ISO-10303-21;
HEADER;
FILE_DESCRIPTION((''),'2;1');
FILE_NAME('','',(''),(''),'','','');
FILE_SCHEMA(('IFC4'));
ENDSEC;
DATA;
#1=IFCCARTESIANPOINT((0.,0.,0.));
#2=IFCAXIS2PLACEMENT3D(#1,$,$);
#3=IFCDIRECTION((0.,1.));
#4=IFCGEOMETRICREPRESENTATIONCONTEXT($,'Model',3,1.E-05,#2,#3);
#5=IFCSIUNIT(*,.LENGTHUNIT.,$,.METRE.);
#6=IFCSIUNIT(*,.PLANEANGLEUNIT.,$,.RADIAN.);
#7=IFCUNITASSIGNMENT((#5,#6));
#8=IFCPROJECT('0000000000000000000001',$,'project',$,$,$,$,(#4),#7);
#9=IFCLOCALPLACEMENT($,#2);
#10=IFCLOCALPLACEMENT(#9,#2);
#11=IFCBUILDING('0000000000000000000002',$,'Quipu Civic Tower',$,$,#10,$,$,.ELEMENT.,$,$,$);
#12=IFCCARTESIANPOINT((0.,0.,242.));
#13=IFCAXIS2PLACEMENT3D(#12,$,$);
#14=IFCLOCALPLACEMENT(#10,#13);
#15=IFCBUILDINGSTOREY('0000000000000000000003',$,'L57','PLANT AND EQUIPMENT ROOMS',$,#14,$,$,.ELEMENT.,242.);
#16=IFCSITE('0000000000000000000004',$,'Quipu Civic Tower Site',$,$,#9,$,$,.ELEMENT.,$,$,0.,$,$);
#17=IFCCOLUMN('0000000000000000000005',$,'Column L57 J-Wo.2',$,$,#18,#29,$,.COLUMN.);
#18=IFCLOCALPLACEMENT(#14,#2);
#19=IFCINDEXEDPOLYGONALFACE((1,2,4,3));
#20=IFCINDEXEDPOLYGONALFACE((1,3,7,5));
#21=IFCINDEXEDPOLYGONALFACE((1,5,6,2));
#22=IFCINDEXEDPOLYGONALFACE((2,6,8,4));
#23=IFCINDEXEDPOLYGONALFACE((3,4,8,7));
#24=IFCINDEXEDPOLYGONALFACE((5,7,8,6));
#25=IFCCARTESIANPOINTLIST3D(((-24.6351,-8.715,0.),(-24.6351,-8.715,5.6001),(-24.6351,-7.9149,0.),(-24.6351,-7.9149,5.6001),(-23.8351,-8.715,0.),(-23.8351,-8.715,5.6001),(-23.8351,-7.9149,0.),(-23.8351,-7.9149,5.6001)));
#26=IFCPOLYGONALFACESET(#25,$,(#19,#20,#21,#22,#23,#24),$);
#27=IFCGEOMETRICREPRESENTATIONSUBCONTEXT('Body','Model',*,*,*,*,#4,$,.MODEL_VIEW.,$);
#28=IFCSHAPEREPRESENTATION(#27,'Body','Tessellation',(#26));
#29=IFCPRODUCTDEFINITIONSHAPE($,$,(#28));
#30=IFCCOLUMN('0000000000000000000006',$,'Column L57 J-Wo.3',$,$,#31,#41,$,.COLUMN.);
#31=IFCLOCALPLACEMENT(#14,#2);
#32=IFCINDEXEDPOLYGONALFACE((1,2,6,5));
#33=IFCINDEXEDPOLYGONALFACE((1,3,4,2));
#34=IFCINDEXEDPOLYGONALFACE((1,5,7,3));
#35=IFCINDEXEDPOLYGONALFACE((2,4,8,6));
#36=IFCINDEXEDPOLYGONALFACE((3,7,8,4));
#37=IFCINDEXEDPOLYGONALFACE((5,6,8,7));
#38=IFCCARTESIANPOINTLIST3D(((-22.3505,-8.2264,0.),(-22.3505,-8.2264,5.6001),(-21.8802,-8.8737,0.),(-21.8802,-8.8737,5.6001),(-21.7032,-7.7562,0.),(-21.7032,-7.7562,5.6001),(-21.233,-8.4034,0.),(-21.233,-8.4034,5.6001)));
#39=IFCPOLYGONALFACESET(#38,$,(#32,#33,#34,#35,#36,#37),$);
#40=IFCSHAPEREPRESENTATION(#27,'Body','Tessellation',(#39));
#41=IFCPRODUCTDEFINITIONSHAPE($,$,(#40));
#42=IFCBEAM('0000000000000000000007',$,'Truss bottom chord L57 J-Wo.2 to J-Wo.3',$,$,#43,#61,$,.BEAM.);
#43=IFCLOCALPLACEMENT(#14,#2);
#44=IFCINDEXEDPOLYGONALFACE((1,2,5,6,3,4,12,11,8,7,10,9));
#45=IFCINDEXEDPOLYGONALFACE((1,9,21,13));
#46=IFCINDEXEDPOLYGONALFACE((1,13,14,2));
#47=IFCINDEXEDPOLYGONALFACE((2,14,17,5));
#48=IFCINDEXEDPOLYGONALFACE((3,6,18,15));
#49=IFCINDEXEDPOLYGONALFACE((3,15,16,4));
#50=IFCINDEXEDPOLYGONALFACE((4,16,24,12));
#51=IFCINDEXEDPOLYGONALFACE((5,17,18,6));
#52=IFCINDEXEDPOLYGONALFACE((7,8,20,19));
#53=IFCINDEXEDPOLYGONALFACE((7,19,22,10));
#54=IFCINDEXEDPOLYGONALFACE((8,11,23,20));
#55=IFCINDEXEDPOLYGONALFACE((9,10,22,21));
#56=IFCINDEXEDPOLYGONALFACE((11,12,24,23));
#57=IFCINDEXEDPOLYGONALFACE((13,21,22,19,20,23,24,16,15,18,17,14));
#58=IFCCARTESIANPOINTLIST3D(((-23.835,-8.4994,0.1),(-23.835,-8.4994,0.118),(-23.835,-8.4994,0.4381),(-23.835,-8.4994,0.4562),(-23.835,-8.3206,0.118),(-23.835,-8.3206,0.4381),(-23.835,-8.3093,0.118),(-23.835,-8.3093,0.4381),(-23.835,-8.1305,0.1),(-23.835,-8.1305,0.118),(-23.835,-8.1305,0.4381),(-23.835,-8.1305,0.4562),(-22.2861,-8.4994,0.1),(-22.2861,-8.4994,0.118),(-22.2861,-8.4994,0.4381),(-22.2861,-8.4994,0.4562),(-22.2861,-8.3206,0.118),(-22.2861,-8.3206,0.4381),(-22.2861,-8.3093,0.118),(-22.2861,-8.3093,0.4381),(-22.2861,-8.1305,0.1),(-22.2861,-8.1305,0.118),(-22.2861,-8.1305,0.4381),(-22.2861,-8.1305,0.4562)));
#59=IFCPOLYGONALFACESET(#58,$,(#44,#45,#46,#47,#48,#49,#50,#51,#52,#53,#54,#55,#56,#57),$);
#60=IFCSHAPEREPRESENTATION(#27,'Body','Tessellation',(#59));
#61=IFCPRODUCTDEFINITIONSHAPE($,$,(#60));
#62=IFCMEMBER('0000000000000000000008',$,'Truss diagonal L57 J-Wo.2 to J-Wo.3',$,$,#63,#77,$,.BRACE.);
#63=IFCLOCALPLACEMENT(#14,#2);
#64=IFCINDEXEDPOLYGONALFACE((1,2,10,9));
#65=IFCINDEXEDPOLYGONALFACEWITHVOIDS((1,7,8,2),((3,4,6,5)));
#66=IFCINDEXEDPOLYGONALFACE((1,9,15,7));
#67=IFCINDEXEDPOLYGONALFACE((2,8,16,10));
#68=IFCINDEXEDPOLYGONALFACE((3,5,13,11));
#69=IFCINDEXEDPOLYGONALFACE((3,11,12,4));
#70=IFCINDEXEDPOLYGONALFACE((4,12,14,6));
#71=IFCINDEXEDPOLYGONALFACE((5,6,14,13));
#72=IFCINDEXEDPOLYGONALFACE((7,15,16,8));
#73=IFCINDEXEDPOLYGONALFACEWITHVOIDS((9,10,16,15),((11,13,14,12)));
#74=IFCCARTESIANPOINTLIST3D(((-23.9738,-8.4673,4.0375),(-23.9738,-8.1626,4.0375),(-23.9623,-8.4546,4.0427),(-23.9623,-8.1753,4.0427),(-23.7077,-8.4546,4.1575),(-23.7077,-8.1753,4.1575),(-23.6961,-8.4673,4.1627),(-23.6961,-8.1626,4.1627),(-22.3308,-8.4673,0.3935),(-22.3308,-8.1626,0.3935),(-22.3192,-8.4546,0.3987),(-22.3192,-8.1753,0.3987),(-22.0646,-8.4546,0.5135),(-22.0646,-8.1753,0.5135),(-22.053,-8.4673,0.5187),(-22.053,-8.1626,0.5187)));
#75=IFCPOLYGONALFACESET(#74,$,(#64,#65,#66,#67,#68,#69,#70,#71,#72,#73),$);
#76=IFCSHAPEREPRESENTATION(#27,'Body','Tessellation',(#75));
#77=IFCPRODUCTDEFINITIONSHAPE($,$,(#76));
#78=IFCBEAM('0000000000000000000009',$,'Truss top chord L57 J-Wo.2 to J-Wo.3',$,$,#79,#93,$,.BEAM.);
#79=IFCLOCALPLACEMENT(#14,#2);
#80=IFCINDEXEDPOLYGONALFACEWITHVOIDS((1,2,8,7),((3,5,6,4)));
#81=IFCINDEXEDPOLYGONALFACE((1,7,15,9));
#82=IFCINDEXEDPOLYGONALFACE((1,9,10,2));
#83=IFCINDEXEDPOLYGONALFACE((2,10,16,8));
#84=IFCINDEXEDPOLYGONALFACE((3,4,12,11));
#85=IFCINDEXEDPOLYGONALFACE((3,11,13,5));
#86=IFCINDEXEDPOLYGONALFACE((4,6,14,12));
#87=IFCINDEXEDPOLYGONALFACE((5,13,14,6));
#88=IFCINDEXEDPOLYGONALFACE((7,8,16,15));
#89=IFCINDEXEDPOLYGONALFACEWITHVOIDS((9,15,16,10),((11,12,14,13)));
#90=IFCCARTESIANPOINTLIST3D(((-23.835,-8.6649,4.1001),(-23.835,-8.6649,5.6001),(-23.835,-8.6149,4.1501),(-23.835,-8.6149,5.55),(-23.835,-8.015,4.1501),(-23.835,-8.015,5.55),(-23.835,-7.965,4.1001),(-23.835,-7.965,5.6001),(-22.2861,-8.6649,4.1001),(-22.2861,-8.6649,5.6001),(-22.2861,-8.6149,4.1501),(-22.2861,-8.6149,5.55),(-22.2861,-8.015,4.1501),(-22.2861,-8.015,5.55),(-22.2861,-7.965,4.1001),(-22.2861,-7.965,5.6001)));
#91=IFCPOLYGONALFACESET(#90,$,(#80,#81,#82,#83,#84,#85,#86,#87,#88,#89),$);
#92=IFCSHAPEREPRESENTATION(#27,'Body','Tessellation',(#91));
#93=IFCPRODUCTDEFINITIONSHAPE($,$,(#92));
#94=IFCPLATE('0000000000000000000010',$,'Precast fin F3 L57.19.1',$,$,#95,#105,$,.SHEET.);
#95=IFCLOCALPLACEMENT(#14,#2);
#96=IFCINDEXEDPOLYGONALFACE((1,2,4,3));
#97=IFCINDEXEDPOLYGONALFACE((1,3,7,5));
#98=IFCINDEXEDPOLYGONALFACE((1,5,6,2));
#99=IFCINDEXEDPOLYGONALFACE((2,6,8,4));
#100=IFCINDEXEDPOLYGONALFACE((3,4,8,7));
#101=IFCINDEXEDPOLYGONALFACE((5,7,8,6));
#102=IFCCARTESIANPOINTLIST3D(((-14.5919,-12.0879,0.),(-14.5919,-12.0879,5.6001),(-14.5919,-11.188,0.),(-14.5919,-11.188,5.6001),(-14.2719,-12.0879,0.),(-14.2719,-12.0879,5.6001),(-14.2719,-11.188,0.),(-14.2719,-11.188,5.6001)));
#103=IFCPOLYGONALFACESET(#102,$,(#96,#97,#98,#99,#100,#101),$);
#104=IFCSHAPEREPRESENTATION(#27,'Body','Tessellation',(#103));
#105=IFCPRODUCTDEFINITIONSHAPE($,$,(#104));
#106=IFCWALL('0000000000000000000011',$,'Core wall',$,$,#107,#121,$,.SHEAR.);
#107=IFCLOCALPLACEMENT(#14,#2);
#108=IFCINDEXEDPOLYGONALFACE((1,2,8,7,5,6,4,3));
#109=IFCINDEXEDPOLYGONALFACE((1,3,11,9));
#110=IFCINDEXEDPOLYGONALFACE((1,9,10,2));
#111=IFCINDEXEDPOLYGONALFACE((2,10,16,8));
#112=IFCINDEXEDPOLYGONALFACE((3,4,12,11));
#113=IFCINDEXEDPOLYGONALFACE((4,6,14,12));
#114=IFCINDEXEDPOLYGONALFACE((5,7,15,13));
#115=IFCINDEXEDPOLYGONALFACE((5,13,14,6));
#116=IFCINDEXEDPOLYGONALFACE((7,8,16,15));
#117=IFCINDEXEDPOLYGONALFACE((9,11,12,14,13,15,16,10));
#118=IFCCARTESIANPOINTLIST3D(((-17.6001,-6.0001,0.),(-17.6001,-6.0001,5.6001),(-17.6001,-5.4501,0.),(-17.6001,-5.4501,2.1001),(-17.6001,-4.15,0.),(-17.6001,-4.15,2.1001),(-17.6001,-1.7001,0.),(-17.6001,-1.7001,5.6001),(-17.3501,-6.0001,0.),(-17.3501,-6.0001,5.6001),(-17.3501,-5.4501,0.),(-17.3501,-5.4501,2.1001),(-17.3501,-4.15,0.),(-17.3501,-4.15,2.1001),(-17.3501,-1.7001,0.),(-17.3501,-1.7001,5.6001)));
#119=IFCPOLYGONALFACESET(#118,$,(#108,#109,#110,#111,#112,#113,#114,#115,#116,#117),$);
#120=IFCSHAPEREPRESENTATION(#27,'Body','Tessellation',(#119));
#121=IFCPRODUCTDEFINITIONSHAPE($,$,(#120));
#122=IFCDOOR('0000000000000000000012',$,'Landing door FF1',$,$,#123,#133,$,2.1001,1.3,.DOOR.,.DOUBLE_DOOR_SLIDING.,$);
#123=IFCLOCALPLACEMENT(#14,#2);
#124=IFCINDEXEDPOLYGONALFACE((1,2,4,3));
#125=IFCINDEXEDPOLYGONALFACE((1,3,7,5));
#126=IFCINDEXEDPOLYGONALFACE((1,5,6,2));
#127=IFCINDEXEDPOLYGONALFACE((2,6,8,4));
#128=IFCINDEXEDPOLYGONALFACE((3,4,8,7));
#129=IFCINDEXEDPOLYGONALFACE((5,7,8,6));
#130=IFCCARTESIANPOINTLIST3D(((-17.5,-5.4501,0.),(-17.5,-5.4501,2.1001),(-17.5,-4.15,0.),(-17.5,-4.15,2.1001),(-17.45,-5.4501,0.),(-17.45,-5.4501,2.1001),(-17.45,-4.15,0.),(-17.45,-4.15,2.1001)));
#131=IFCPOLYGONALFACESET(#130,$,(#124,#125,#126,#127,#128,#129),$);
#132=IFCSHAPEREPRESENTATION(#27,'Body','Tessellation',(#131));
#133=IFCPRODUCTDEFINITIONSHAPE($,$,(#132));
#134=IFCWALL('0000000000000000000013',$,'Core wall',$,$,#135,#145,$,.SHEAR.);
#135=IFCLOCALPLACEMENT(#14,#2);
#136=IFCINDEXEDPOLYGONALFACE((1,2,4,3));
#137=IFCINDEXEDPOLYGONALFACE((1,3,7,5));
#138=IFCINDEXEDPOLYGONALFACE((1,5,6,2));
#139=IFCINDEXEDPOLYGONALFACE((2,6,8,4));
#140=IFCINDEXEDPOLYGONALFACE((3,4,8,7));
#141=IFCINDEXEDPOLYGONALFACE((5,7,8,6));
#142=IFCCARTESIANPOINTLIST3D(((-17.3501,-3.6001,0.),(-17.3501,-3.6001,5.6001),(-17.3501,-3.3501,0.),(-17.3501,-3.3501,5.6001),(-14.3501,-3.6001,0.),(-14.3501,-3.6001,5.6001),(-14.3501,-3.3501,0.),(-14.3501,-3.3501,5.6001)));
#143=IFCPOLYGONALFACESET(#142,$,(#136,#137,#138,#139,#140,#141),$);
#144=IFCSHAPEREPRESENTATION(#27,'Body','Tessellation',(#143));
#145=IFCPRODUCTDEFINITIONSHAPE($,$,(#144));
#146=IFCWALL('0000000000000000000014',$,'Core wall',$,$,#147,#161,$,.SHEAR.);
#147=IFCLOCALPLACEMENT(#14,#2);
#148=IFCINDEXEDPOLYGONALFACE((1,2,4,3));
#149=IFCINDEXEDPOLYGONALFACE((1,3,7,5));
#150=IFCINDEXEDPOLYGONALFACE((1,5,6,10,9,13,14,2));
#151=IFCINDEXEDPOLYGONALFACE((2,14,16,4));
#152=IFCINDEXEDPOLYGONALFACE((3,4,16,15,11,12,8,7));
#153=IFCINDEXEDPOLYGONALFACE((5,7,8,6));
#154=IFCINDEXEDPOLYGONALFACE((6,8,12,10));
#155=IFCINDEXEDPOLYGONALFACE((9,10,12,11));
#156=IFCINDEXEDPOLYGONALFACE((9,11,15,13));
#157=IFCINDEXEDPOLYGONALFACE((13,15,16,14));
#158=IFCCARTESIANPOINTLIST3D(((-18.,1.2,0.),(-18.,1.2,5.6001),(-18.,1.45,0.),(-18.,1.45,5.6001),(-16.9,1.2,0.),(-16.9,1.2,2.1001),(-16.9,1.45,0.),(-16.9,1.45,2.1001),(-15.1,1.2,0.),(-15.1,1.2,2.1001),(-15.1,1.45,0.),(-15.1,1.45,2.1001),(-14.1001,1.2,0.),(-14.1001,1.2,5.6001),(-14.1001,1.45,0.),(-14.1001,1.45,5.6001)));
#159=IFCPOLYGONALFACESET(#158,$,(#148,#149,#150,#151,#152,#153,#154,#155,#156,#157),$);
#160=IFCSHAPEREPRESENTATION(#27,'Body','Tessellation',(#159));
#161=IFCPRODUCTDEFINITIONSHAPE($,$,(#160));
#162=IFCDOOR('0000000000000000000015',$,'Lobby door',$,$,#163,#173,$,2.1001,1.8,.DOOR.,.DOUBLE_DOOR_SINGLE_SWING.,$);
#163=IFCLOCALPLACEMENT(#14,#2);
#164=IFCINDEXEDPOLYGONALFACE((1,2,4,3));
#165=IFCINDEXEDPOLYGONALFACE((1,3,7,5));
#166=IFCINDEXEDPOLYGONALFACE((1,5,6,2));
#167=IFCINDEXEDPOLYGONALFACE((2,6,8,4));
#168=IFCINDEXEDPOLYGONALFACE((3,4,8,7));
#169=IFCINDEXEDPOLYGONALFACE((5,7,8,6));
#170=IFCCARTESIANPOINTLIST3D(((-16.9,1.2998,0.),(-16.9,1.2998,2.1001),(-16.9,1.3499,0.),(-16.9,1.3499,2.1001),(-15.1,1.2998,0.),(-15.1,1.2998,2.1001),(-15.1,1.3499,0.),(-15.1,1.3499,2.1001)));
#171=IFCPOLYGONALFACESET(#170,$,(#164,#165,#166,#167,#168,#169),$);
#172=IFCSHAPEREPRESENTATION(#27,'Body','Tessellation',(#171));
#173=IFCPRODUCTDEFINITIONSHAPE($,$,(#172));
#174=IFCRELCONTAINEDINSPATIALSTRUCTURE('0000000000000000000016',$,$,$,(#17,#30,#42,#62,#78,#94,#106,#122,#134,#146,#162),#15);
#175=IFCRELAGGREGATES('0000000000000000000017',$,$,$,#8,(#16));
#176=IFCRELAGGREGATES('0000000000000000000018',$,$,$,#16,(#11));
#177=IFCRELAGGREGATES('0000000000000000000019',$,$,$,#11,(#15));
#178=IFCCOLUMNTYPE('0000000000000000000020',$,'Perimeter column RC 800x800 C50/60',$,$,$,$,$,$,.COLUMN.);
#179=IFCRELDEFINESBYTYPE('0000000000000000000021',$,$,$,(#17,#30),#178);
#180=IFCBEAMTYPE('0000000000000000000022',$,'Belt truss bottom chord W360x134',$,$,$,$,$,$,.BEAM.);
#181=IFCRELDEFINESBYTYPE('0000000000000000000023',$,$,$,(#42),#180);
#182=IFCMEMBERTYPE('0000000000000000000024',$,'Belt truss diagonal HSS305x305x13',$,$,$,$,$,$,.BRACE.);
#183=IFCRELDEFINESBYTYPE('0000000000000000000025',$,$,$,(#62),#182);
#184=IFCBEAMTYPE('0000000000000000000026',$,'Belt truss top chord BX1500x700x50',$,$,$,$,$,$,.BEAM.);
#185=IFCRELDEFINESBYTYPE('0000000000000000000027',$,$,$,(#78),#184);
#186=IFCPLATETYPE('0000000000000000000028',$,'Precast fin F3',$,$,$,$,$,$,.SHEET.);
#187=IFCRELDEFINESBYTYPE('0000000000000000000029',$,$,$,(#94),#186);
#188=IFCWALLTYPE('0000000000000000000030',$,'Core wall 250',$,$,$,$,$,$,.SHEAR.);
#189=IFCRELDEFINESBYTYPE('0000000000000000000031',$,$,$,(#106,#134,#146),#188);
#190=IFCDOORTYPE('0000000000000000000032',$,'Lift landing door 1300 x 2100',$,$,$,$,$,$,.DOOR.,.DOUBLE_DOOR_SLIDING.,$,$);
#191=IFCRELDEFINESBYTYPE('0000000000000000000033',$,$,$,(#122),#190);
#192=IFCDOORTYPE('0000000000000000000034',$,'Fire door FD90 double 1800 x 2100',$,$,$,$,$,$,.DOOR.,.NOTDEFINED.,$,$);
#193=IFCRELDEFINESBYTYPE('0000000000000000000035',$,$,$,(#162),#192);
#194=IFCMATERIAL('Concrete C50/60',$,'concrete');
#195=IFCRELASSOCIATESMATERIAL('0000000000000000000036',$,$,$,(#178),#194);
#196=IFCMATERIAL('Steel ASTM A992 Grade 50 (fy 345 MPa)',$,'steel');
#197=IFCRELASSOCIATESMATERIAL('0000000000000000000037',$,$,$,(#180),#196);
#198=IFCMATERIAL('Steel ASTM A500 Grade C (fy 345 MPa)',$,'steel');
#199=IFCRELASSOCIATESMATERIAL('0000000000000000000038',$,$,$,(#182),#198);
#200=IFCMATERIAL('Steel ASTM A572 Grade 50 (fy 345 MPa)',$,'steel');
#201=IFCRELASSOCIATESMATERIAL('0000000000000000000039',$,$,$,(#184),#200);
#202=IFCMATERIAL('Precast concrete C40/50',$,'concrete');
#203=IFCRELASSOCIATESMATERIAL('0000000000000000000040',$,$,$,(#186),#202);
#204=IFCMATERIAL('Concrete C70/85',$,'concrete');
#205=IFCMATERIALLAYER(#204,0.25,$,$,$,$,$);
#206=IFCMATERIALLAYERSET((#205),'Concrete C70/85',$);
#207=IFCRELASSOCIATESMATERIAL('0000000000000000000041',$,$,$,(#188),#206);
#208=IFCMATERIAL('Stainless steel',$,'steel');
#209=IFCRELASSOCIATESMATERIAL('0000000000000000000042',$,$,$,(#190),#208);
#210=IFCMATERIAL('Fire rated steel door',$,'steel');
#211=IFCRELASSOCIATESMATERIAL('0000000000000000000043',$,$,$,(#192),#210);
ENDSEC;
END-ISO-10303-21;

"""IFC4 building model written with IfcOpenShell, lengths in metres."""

from ifc_helpers import new_model, si_unit, direction, frame, frame_2d, origin, origin_2d, place, context, subcontext, project, spatial, rectangle, hollow_rectangle, i_section, extrude, material, layer, layer_set, material_profile, profile_set, type_object, element, fill, save


model = new_model("IFC4")

# Units and contexts
model_context = context("Model", 3, precision=1e-05, world=origin(), true_north=direction((0.0, 1.0)))
body_context = subcontext(model_context, "Body", "Model", "MODEL_VIEW")
ifc_project = project(units=[si_unit("LENGTHUNIT", "METRE"), si_unit("PLANEANGLEUNIT", "RADIAN")], contexts=[model_context])

# Site, building, storey
site_placement = place(None, origin())
site = spatial("IfcSite", under=ifc_project, at=site_placement, Name="Quipu Civic Tower Site", CompositionType="ELEMENT", RefElevation=0.0)
building_placement = place(site_placement, origin())
building = spatial("IfcBuilding", under=site, at=building_placement, Name="Quipu Civic Tower", CompositionType="ELEMENT")
storey_placement = place(building_placement, frame((0.0, 0.0, 242.0)))
storey = spatial("IfcBuildingStorey", under=building, at=storey_placement, Name="L57", Description="PLANT AND EQUIPMENT ROOMS", CompositionType="ELEMENT", Elevation=242.0)

# Columns
ifc_material_1 = material(Name="Concrete C50/60", Category="concrete")
ifc_material_profile_1 = material_profile(ifc_material_1, rectangle(XDim=0.8, YDim=0.8, at=origin_2d()), Name="RC800x800")
ifc_profile_set_1 = profile_set([ifc_material_profile_1], Name="Concrete C50/60")
column_type = type_object("IfcColumnType", Name="Perimeter column RC 800x800 C50/60", PredefinedType="COLUMN", material=ifc_profile_set_1)
for number, where, z_axis, x_axis, name in (
    (1, (-24.2351, -8.3149, 0.0), (0.0, 0.0, 1.0), (1.0, 0.0, 0.0), "Column L57 J-Wo.2"),
    (2, (-21.7917, -8.3149, 0.0), (0.0, 0.0, 1.0), (0.587785, -0.809017, 0.0), "Column L57 J-Wo.3"),
):
    element("IfcColumn", number, at=place(storey_placement, frame(where, z_axis=z_axis, x_axis=x_axis)), inside=storey, type_object=column_type, Name=name, PredefinedType="COLUMN", context=body_context, shape_type="SweptSolid", body=[
        extrude(rectangle(XDim=0.8, YDim=0.8, at=origin_2d()), origin(), (0.0, 0.0, 1.0), 5.6001),
    ])

# Beam
ifc_material_2 = material(Name="Steel ASTM A992 Grade 50 (fy 345 MPa)", Category="steel")
ifc_material_profile_2 = material_profile(ifc_material_2, i_section(OverallWidth=0.3689, OverallDepth=0.3562, WebThickness=0.0112, FlangeThickness=0.0181, at=origin_2d()), Name="W360x134")
ifc_profile_set_2 = profile_set([ifc_material_profile_2], Name="Steel ASTM A992 Grade 50 (fy 345 MPa)")
beam_type_1 = type_object("IfcBeamType", Name="Belt truss bottom chord W360x134", PredefinedType="BEAM", material=ifc_profile_set_2)
beam_1_placement = place(storey_placement, frame((-23.835, -8.3149, 0.2781), z_axis=(1.0, 0.0, 0.0), x_axis=(0.0, 1.0, 0.0)))
element("IfcBeam", 3, at=beam_1_placement, inside=storey, type_object=beam_type_1, Name="Truss bottom chord L57 J-Wo.2 to J-Wo.3", PredefinedType="BEAM", context=body_context, shape_type="SweptSolid", body=[
    extrude(i_section(OverallWidth=0.3689, OverallDepth=0.3562, WebThickness=0.0112, FlangeThickness=0.0181, at=origin_2d()), origin(), (0.0, 0.0, 1.0), 1.5488),
])

# Member
ifc_material_3 = material(Name="Steel ASTM A500 Grade C (fy 345 MPa)", Category="steel")
ifc_material_profile_3 = material_profile(ifc_material_3, hollow_rectangle(XDim=0.3047, YDim=0.3047, WallThickness=0.0127, at=origin_2d()), Name="HSS305x305x13")
ifc_profile_set_3 = profile_set([ifc_material_profile_3], Name="Steel ASTM A500 Grade C (fy 345 MPa)")
member_type = type_object("IfcMemberType", Name="Belt truss diagonal HSS305x305x13", PredefinedType="BRACE", material=ifc_profile_set_3)
member_placement = place(storey_placement, frame((-23.835, -8.3149, 4.1001), z_axis=(0.41104, 0.0, -0.911617), x_axis=(0.0, 1.0, 0.0)))
element("IfcMember", 4, at=member_placement, inside=storey, type_object=member_type, Name="Truss diagonal L57 J-Wo.2 to J-Wo.3", PredefinedType="BRACE", context=body_context, shape_type="SweptSolid", body=[
    extrude(hollow_rectangle(XDim=0.3047, YDim=0.3047, WallThickness=0.0127, at=origin_2d()), origin(), (0.0, 0.0, 1.0), 3.9973),
])

# Beam
ifc_material_4 = material(Name="Steel ASTM A572 Grade 50 (fy 345 MPa)", Category="steel")
ifc_material_profile_4 = material_profile(ifc_material_4, hollow_rectangle(XDim=0.7, YDim=1.5, WallThickness=0.05, at=origin_2d()), Name="BX1500x700x50")
ifc_profile_set_4 = profile_set([ifc_material_profile_4], Name="Steel ASTM A572 Grade 50 (fy 345 MPa)")
beam_type_2 = type_object("IfcBeamType", Name="Belt truss top chord BX1500x700x50", PredefinedType="BEAM", material=ifc_profile_set_4)
beam_2_placement = place(storey_placement, frame((-23.835, -8.3149, 4.8501), z_axis=(1.0, 0.0, 0.0), x_axis=(0.0, 1.0, 0.0)))
element("IfcBeam", 5, at=beam_2_placement, inside=storey, type_object=beam_type_2, Name="Truss top chord L57 J-Wo.2 to J-Wo.3", PredefinedType="BEAM", context=body_context, shape_type="SweptSolid", body=[
    extrude(hollow_rectangle(XDim=0.7, YDim=1.5, WallThickness=0.05, at=origin_2d()), origin(), (0.0, 0.0, 1.0), 1.5488),
])

# Plate
ifc_material_5 = material(Name="Precast concrete C40/50", Category="concrete")
plate_type = type_object("IfcPlateType", Name="Precast fin F3", PredefinedType="SHEET", material=ifc_material_5)
plate_placement = place(storey_placement, frame((-14.4319, -11.6379, 0.0), z_axis=(0.0, 0.0, 1.0), x_axis=(1.0, 0.0, 0.0)))
element("IfcPlate", 6, at=plate_placement, inside=storey, type_object=plate_type, Name="Precast fin F3 L57.19.1", PredefinedType="SHEET", context=body_context, shape_type="SweptSolid", body=[
    extrude(rectangle(XDim=0.3201, YDim=0.8999, at=origin_2d()), origin(), (0.0, 0.0, 1.0), 5.6001),
])

# Wall, opening, door
ifc_material_6 = material(Name="Concrete C70/85", Category="concrete")
ifc_layer_1 = layer(ifc_material_6, 0.25)
ifc_layer_set_1 = layer_set([ifc_layer_1], Name="Concrete C70/85")
wall_type_1 = type_object("IfcWallType", Name="Core wall 250", PredefinedType="SHEAR", material=ifc_layer_set_1)
wall_1_placement = place(storey_placement, frame((-17.4751, -6.0, 0.0), z_axis=(0.0, 0.0, 1.0), x_axis=(0.0, 1.0, 0.0)))
wall_1 = element("IfcWall", 7, at=wall_1_placement, inside=storey, type_object=wall_type_1, Name="Core wall", PredefinedType="SHEAR", context=body_context, shape_type="SweptSolid", body=[
    extrude(rectangle(XDim=4.3, YDim=0.25, at=frame_2d((2.1499, 0.0))), origin(), (0.0, 0.0, 1.0), 5.6001),
])
opening_1_placement = place(wall_1_placement, frame((0.55, 0.0, 0.0)))
opening_1 = element("IfcOpeningElement", 8, at=opening_1_placement, cuts=wall_1, PredefinedType="OPENING", context=body_context, shape_type="SweptSolid", body=[
    extrude(rectangle(XDim=1.3, YDim=2.1001, at=frame_2d((0.6499, 1.05))), frame((0.0, 0.135, 0.0), z_axis=(0.0, -1.0, 0.0), x_axis=(1.0, 0.0, 0.0)), (0.0, 0.0, 1.0), 0.27),
])
ifc_material_7 = material(Name="Stainless steel", Category="steel")
door_type_1 = type_object("IfcDoorType", Name="Lift landing door 1300 x 2100", OperationType="DOUBLE_DOOR_SLIDING", PredefinedType="DOOR", material=ifc_material_7)
door_1_placement = place(opening_1_placement, origin())
door_1 = element("IfcDoor", 9, at=door_1_placement, inside=storey, type_object=door_type_1, Name="Landing door FF1", OperationType="DOUBLE_DOOR_SLIDING", OverallHeight=2.1001, OverallWidth=1.3, PredefinedType="DOOR", context=body_context, shape_type="SweptSolid", body=[
    extrude(rectangle(XDim=1.3, YDim=2.1001, at=frame_2d((0.6499, 1.05))), frame((0.0, 0.0249, 0.0), z_axis=(0.0, -1.0, 0.0), x_axis=(1.0, 0.0, 0.0)), (0.0, 0.0, 1.0), 0.05),
])
fill(opening_1, door_1)

# Wall
wall_2_placement = place(storey_placement, frame((-17.3501, -3.4751, 0.0), z_axis=(0.0, 0.0, 1.0), x_axis=(1.0, 0.0, 0.0)))
element("IfcWall", 10, at=wall_2_placement, inside=storey, type_object=wall_type_1, Name="Core wall", PredefinedType="SHEAR", context=body_context, shape_type="SweptSolid", body=[
    extrude(rectangle(XDim=3.0, YDim=0.25, at=frame_2d((1.5, 0.0))), origin(), (0.0, 0.0, 1.0), 5.6001),
])

# Wall, opening, door
wall_3_placement = place(storey_placement, frame((-18.0, 1.325, 0.0), z_axis=(0.0, 0.0, 1.0), x_axis=(1.0, 0.0, 0.0)))
wall_3 = element("IfcWall", 11, at=wall_3_placement, inside=storey, type_object=wall_type_1, Name="Core wall", PredefinedType="SHEAR", context=body_context, shape_type="SweptSolid", body=[
    extrude(rectangle(XDim=3.8999, YDim=0.25, at=frame_2d((1.95, 0.0))), origin(), (0.0, 0.0, 1.0), 5.6001),
])
opening_2_placement = place(wall_3_placement, frame((1.1001, 0.0, 0.0)))
opening_2 = element("IfcOpeningElement", 12, at=opening_2_placement, cuts=wall_3, PredefinedType="OPENING", context=body_context, shape_type="SweptSolid", body=[
    extrude(rectangle(XDim=1.8, YDim=2.1001, at=frame_2d((0.8999, 1.05))), frame((0.0, 0.135, 0.0), z_axis=(0.0, -1.0, 0.0), x_axis=(1.0, 0.0, 0.0)), (0.0, 0.0, 1.0), 0.27),
])
ifc_material_8 = material(Name="Fire rated steel door", Category="steel")
door_type_2 = type_object("IfcDoorType", Name="Fire door FD90 double 1800 x 2100", OperationType="NOTDEFINED", PredefinedType="DOOR", material=ifc_material_8)
door_2_placement = place(opening_2_placement, origin())
door_2 = element("IfcDoor", 13, at=door_2_placement, inside=storey, type_object=door_type_2, Name="Lobby door", OperationType="DOUBLE_DOOR_SINGLE_SWING", OverallHeight=2.1001, OverallWidth=1.8, PredefinedType="DOOR", context=body_context, shape_type="SweptSolid", body=[
    extrude(rectangle(XDim=1.8, YDim=2.1001, at=frame_2d((0.8999, 1.05))), frame((0.0, 0.0249, 0.0), z_axis=(0.0, -1.0, 0.0), x_axis=(1.0, 0.0, 0.0)), (0.0, 0.0, 1.0), 0.05),
])
fill(opening_2, door_2)

save(model, "model.ifc")
